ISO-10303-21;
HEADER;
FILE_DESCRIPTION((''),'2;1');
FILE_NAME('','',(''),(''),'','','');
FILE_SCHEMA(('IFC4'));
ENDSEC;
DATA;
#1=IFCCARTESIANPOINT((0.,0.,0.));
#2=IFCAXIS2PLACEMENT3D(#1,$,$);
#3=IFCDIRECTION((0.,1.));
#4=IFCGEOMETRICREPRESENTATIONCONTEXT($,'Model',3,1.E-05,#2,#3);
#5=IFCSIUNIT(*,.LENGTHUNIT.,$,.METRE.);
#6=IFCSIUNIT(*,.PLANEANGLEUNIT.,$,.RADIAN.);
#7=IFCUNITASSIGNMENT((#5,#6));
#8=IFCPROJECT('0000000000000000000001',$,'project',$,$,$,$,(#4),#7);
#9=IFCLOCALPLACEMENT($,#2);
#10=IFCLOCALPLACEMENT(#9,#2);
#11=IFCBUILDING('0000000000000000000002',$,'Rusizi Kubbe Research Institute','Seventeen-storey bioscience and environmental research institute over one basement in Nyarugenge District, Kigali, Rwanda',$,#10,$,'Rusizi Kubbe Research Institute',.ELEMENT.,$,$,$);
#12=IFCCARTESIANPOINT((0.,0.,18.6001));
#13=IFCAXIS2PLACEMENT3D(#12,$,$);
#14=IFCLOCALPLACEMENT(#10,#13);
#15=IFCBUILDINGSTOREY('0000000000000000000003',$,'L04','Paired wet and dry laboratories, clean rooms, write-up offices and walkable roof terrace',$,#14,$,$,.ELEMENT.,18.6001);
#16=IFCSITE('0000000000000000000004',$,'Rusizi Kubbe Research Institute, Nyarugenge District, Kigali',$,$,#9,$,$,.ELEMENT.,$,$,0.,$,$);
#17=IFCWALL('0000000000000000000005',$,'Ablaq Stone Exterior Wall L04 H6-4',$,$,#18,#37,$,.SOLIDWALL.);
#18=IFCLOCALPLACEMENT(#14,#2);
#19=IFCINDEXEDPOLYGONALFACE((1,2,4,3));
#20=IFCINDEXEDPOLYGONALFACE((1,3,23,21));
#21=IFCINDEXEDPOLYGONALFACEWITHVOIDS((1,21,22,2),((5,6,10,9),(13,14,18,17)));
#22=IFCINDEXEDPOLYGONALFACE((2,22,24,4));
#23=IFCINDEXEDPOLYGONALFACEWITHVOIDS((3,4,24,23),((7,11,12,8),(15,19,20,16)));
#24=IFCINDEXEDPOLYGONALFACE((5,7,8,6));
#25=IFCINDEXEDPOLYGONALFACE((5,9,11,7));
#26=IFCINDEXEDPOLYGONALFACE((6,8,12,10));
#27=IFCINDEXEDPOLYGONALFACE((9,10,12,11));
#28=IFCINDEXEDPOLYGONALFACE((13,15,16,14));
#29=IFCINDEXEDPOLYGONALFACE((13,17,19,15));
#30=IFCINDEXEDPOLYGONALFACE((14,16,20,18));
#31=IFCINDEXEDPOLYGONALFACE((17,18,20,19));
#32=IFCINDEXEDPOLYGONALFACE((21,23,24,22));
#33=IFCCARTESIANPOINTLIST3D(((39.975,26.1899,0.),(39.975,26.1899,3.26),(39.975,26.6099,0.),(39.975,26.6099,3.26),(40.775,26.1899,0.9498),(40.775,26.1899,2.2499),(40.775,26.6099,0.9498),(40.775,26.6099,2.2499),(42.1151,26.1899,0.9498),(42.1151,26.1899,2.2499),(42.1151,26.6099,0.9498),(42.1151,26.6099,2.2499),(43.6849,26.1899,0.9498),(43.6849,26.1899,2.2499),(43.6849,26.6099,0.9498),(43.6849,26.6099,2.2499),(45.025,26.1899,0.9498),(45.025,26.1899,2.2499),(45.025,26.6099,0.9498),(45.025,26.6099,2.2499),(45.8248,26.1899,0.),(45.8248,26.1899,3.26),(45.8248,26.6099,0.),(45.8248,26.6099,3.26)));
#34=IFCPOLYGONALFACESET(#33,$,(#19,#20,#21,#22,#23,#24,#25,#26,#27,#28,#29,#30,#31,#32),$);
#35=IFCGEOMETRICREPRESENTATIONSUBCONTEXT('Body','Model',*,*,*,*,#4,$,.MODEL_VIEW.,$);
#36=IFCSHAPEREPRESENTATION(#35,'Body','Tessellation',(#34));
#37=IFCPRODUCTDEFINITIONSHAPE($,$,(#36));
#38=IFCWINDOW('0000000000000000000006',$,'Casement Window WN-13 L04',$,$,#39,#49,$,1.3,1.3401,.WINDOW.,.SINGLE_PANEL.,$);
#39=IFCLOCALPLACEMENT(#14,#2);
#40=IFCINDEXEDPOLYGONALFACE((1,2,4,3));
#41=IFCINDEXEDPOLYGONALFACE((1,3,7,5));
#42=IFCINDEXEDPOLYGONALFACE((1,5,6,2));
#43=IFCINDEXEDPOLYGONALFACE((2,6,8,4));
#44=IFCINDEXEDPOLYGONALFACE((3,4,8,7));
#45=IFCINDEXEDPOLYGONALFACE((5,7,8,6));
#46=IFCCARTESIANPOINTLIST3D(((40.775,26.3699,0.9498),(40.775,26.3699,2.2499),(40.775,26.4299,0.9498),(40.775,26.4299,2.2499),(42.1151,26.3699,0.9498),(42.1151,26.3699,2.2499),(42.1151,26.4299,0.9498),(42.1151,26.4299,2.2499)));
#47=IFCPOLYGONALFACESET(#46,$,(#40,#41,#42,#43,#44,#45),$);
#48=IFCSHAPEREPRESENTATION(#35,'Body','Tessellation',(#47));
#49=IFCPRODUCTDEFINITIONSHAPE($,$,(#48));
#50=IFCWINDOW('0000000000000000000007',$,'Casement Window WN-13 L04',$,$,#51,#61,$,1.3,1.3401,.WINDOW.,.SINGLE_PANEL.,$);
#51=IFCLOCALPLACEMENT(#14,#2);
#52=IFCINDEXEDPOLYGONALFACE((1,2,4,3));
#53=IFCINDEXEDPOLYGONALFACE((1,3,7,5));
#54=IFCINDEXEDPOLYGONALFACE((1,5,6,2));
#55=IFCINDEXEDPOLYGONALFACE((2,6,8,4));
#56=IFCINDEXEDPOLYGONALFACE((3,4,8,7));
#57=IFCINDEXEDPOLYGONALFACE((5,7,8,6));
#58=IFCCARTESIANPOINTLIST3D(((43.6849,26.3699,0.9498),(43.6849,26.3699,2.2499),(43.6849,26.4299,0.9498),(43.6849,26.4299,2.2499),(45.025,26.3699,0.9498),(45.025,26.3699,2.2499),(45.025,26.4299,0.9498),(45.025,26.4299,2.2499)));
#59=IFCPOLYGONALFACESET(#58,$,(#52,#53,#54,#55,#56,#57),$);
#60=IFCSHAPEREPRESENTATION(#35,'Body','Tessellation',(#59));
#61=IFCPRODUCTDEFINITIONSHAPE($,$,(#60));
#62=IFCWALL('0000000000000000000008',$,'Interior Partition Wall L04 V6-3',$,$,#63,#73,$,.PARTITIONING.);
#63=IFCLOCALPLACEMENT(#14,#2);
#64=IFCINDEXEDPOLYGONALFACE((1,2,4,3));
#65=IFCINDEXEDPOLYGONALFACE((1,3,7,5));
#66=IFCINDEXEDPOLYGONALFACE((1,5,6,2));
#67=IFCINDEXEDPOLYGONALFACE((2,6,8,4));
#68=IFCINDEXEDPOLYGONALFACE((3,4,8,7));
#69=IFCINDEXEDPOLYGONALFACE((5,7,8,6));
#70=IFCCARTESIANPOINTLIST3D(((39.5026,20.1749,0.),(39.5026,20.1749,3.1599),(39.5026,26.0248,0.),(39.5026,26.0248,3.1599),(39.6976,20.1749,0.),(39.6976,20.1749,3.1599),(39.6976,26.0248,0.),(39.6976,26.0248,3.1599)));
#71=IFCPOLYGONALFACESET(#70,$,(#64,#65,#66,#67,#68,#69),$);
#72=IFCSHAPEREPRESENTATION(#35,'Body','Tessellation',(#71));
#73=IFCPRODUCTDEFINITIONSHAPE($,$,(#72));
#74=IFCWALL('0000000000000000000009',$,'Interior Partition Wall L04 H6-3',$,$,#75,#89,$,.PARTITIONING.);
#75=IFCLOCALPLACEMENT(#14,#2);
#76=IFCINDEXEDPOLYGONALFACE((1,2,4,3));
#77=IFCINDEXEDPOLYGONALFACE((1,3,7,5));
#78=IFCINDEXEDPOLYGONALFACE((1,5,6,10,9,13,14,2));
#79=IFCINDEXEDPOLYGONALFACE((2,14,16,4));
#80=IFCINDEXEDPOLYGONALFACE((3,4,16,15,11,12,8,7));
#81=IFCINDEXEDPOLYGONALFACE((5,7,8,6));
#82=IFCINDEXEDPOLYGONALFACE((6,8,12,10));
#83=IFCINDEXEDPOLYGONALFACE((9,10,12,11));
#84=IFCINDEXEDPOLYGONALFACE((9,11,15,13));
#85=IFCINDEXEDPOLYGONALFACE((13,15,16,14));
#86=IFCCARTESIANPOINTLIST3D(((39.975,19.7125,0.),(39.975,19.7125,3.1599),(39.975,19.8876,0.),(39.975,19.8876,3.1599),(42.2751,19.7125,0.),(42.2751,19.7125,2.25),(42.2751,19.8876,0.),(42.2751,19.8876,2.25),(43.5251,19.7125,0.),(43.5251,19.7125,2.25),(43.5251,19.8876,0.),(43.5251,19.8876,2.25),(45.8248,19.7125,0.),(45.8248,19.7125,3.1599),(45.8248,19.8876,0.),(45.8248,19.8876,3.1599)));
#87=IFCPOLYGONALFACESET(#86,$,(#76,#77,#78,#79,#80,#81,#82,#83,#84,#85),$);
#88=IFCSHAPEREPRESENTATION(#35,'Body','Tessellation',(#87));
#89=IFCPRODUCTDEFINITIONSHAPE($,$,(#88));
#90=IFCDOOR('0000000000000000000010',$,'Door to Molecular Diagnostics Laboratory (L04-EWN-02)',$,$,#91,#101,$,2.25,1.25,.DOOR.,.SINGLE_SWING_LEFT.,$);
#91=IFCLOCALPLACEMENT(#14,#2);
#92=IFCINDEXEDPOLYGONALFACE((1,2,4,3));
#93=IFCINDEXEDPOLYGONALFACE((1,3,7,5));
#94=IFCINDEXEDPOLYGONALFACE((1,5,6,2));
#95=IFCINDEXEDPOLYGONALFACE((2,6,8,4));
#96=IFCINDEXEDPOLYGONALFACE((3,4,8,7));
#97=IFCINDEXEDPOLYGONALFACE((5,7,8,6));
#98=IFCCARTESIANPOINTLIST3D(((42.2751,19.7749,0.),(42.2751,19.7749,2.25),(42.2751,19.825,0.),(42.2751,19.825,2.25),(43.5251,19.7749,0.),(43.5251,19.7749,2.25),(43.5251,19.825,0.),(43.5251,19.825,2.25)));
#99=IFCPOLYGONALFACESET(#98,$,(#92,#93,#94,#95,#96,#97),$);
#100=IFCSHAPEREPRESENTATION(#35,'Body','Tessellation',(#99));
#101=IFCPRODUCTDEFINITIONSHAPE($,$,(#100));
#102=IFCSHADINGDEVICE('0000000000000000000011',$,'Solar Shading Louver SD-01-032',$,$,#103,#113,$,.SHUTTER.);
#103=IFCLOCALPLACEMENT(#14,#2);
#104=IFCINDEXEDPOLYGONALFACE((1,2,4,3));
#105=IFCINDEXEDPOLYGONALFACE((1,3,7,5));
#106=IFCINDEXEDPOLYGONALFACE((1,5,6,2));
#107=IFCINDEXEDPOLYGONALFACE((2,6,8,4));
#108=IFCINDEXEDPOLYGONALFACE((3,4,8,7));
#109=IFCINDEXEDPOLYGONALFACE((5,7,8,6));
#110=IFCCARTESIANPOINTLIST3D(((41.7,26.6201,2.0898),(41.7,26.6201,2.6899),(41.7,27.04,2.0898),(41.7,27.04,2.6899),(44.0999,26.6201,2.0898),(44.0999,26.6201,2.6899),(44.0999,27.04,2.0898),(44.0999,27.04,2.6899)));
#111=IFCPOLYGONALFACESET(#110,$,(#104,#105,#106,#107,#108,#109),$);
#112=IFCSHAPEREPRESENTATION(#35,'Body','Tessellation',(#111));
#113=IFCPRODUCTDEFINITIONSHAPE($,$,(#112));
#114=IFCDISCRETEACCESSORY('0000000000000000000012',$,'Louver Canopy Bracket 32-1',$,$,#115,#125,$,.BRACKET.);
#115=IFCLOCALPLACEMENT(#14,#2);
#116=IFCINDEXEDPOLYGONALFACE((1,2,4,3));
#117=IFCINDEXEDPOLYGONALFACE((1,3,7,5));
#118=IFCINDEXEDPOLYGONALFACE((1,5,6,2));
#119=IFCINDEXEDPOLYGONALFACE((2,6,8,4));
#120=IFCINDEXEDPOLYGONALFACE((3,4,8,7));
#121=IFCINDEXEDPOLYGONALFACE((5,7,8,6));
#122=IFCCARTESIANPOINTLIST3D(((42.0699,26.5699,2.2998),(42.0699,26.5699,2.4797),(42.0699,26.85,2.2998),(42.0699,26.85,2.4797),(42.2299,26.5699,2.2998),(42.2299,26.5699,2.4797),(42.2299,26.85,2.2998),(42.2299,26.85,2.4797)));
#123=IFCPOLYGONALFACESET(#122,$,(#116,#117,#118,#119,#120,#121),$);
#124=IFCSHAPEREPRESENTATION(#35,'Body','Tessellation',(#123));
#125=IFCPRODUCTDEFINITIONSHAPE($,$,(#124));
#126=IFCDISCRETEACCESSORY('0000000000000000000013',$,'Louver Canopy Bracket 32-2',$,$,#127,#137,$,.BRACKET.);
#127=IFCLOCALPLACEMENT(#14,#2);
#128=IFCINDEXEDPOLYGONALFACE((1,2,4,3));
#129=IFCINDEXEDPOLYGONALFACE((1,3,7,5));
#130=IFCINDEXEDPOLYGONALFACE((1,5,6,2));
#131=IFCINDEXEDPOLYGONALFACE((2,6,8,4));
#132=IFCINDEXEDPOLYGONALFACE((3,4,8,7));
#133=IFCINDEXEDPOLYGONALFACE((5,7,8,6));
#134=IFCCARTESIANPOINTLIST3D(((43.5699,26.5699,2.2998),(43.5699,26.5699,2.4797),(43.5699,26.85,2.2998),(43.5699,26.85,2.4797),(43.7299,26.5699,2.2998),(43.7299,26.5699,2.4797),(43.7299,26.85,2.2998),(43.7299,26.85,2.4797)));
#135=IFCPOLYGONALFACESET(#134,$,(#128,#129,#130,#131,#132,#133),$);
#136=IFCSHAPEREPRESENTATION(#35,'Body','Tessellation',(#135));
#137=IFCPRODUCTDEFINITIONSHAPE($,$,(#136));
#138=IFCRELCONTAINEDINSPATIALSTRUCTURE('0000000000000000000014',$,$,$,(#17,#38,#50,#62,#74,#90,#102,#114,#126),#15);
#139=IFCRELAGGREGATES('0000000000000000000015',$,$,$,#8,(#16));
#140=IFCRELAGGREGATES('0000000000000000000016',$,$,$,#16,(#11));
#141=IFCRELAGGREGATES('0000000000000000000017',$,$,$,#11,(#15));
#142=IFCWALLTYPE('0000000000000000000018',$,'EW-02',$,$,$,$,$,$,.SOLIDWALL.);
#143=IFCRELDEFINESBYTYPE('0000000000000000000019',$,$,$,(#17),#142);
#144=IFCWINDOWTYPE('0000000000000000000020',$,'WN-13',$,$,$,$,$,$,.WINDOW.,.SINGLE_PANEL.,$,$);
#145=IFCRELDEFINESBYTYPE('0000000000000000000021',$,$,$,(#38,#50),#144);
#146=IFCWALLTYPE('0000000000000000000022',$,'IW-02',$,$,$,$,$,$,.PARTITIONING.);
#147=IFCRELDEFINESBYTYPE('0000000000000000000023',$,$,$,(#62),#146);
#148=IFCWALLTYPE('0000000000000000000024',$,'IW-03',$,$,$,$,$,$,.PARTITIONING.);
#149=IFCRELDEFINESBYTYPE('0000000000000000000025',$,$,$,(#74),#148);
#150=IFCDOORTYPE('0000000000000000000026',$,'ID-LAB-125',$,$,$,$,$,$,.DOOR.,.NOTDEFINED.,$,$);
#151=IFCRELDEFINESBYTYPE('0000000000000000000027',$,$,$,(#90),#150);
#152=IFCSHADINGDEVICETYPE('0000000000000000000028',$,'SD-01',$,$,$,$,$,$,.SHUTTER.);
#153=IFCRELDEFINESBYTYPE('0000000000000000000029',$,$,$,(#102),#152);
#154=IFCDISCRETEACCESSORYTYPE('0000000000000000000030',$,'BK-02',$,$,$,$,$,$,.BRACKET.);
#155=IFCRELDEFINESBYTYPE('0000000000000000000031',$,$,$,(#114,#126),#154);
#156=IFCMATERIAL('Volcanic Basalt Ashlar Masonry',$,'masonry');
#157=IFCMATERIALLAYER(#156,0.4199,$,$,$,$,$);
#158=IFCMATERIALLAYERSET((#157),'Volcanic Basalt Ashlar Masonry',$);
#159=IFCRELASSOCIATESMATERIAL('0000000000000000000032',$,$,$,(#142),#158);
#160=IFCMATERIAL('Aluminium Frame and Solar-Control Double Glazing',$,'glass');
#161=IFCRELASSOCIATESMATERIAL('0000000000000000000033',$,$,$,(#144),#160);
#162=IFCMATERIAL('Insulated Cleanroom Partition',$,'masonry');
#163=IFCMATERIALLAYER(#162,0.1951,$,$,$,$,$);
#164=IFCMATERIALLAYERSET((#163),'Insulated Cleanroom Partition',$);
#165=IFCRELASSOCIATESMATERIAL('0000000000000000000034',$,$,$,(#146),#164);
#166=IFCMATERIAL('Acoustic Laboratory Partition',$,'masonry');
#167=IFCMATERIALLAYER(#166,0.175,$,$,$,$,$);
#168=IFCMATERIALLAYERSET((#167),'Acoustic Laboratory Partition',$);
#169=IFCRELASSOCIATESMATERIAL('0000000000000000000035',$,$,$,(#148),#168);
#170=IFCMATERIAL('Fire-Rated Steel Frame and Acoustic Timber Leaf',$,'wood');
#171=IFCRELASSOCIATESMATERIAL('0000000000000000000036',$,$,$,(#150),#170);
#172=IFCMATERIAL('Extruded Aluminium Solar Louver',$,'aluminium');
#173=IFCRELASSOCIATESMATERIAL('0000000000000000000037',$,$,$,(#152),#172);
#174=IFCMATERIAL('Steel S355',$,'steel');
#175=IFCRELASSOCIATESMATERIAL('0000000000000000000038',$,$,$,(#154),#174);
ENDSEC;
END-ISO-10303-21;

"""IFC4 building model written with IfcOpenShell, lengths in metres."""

from ifc_helpers import new_model, si_unit, direction, frame, frame_2d, origin, origin_2d, place, context, subcontext, project, spatial, rectangle, extrude, material, layer, layer_set, type_object, element, fill, save


model = new_model("IFC4")

# Units and contexts
model_context = context("Model", 3, precision=1e-05, world=origin(), true_north=direction((0.0, 1.0)))
body_context = subcontext(model_context, "Body", "Model", "MODEL_VIEW")
ifc_project = project(units=[si_unit("LENGTHUNIT", "METRE"), si_unit("PLANEANGLEUNIT", "RADIAN")], contexts=[model_context])

# Site, building, storey
site_placement = place(None, origin())
site = spatial("IfcSite", under=ifc_project, at=site_placement, Name="Rusizi Kubbe Research Institute, Nyarugenge District, Kigali", CompositionType="ELEMENT", RefElevation=0.0)
building_placement = place(site_placement, origin())
building = spatial("IfcBuilding", under=site, at=building_placement, Name="Rusizi Kubbe Research Institute", Description="Seventeen-storey bioscience and environmental research institute over one basement in Nyarugenge District, Kigali, Rwanda", LongName="Rusizi Kubbe Research Institute", CompositionType="ELEMENT")
storey_placement = place(building_placement, frame((0.0, 0.0, 18.6001)))
storey = spatial("IfcBuildingStorey", under=building, at=storey_placement, Name="L04", Description="Paired wet and dry laboratories, clean rooms, write-up offices and walkable roof terrace", CompositionType="ELEMENT", Elevation=18.6001)

# Wall, openings, windows
ifc_material_1 = material(Name="Volcanic Basalt Ashlar Masonry", Category="masonry")
ifc_layer_1 = layer(ifc_material_1, 0.4199)
ifc_layer_set_1 = layer_set([ifc_layer_1], Name="Volcanic Basalt Ashlar Masonry")
wall_type_1 = type_object("IfcWallType", Name="EW-02", PredefinedType="SOLIDWALL", material=ifc_layer_set_1)
wall_1_placement = place(storey_placement, frame((39.9751, 26.3999, 0.0), z_axis=(0.0, 0.0, 1.0), x_axis=(1.0, 0.0, 0.0)))
wall_1 = element("IfcWall", 1, at=wall_1_placement, inside=storey, type_object=wall_type_1, Name="Ablaq Stone Exterior Wall L04 H6-4", PredefinedType="SOLIDWALL", context=body_context, shape_type="SweptSolid", body=[
    extrude(rectangle(XDim=5.8499, YDim=0.4199, at=frame_2d((2.9248, 0.0))), origin(), (0.0, 0.0, 1.0), 3.26),
])
opening_1_placement = place(wall_1_placement, frame((0.8, 0.0, 0.95)))
opening_1 = element("IfcOpeningElement", 2, at=opening_1_placement, cuts=wall_1, PredefinedType="OPENING", context=body_context, shape_type="SweptSolid", body=[
    extrude(rectangle(XDim=1.3401, YDim=1.3, at=frame_2d((0.6699, 0.6499))), frame((0.0, 0.22, 0.0), z_axis=(0.0, -1.0, 0.0), x_axis=(1.0, 0.0, 0.0)), (0.0, 0.0, 1.0), 0.4399),
])
opening_2_placement = place(wall_1_placement, frame((3.71, 0.0, 0.95)))
opening_2 = element("IfcOpeningElement", 3, at=opening_2_placement, cuts=wall_1, PredefinedType="OPENING", context=body_context, shape_type="SweptSolid", body=[
    extrude(rectangle(XDim=1.3401, YDim=1.3, at=frame_2d((0.6699, 0.6499))), frame((0.0, 0.22, 0.0), z_axis=(0.0, -1.0, 0.0), x_axis=(1.0, 0.0, 0.0)), (0.0, 0.0, 1.0), 0.4399),
])
ifc_material_2 = material(Name="Aluminium Frame and Solar-Control Double Glazing", Category="glass")
window_type = type_object("IfcWindowType", Name="WN-13", PartitioningType="SINGLE_PANEL", PredefinedType="WINDOW", material=ifc_material_2)
window_1_placement = place(opening_1_placement, origin())
window_1 = element("IfcWindow", 4, at=window_1_placement, inside=storey, type_object=window_type, Name="Casement Window WN-13 L04", OverallHeight=1.3, OverallWidth=1.3401, PartitioningType="SINGLE_PANEL", PredefinedType="WINDOW", context=body_context, shape_type="SweptSolid", body=[
    extrude(rectangle(XDim=1.3401, YDim=1.3, at=frame_2d((0.6699, 0.6499))), frame((0.0, 0.03, 0.0), z_axis=(0.0, -1.0, 0.0), x_axis=(1.0, 0.0, 0.0)), (0.0, 0.0, 1.0), 0.0601),
])
fill(opening_1, window_1)
window_2_placement = place(opening_2_placement, origin())
window_2 = element("IfcWindow", 5, at=window_2_placement, inside=storey, type_object=window_type, Name="Casement Window WN-13 L04", OverallHeight=1.3, OverallWidth=1.3401, PartitioningType="SINGLE_PANEL", PredefinedType="WINDOW", context=body_context, shape_type="SweptSolid", body=[
    extrude(rectangle(XDim=1.3401, YDim=1.3, at=frame_2d((0.6699, 0.6499))), frame((0.0, 0.03, 0.0), z_axis=(0.0, -1.0, 0.0), x_axis=(1.0, 0.0, 0.0)), (0.0, 0.0, 1.0), 0.0601),
])
fill(opening_2, window_2)

# Wall
ifc_material_3 = material(Name="Insulated Cleanroom Partition", Category="masonry")
ifc_layer_2 = layer(ifc_material_3, 0.1951)
ifc_layer_set_2 = layer_set([ifc_layer_2], Name="Insulated Cleanroom Partition")
wall_type_2 = type_object("IfcWallType", Name="IW-02", PredefinedType="PARTITIONING", material=ifc_layer_set_2)
wall_2_placement = place(storey_placement, frame((39.6001, 20.175, 0.0), z_axis=(0.0, 0.0, 1.0), x_axis=(0.0, 1.0, 0.0)))
element("IfcWall", 6, at=wall_2_placement, inside=storey, type_object=wall_type_2, Name="Interior Partition Wall L04 V6-3", PredefinedType="PARTITIONING", context=body_context, shape_type="SweptSolid", body=[
    extrude(rectangle(XDim=5.8499, YDim=0.1951, at=frame_2d((2.9248, 0.0))), origin(), (0.0, 0.0, 1.0), 3.1599),
])

# Wall, opening, door
ifc_material_4 = material(Name="Acoustic Laboratory Partition", Category="masonry")
ifc_layer_3 = layer(ifc_material_4, 0.175)
ifc_layer_set_3 = layer_set([ifc_layer_3], Name="Acoustic Laboratory Partition")
wall_type_3 = type_object("IfcWallType", Name="IW-03", PredefinedType="PARTITIONING", material=ifc_layer_set_3)
wall_3_placement = place(storey_placement, frame((39.9751, 19.8, 0.0), z_axis=(0.0, 0.0, 1.0), x_axis=(1.0, 0.0, 0.0)))
wall_3 = element("IfcWall", 7, at=wall_3_placement, inside=storey, type_object=wall_type_3, Name="Interior Partition Wall L04 H6-3", PredefinedType="PARTITIONING", context=body_context, shape_type="SweptSolid", body=[
    extrude(rectangle(XDim=5.8499, YDim=0.175, at=frame_2d((2.9248, 0.0))), origin(), (0.0, 0.0, 1.0), 3.1599),
])
opening_3_placement = place(wall_3_placement, frame((2.3, 0.0, 0.0)))
opening_3 = element("IfcOpeningElement", 8, at=opening_3_placement, cuts=wall_3, PredefinedType="OPENING", context=body_context, shape_type="SweptSolid", body=[
    extrude(rectangle(XDim=1.25, YDim=2.25, at=frame_2d((0.625, 1.125))), frame((0.0, 0.0974, 0.0), z_axis=(0.0, -1.0, 0.0), x_axis=(1.0, 0.0, 0.0)), (0.0, 0.0, 1.0), 0.1951),
])
ifc_material_5 = material(Name="Fire-Rated Steel Frame and Acoustic Timber Leaf", Category="wood")
door_type = type_object("IfcDoorType", Name="ID-LAB-125", OperationType="NOTDEFINED", PredefinedType="DOOR", material=ifc_material_5)
door_placement = place(opening_3_placement, origin())
door = element("IfcDoor", 9, at=door_placement, inside=storey, type_object=door_type, Name="Door to Molecular Diagnostics Laboratory (L04-EWN-02)", OperationType="SINGLE_SWING_LEFT", OverallHeight=2.25, OverallWidth=1.25, PredefinedType="DOOR", context=body_context, shape_type="SweptSolid", body=[
    extrude(rectangle(XDim=1.25, YDim=2.25, at=frame_2d((0.625, 1.125))), frame((0.0, 0.0249, 0.0), z_axis=(0.0, -1.0, 0.0), x_axis=(1.0, 0.0, 0.0)), (0.0, 0.0, 1.0), 0.05),
])
fill(opening_3, door)

# Shading device
ifc_material_6 = material(Name="Extruded Aluminium Solar Louver", Category="aluminium")
shading_device_type = type_object("IfcShadingDeviceType", Name="SD-01", PredefinedType="SHUTTER", material=ifc_material_6)
shading_device_placement = place(storey_placement, frame((42.8999, 26.8301, 2.0898), z_axis=(0.0, 0.0, 1.0), x_axis=(1.0, 0.0, 0.0)))
element("IfcShadingDevice", 10, at=shading_device_placement, inside=storey, type_object=shading_device_type, Name="Solar Shading Louver SD-01-032", PredefinedType="SHUTTER", context=body_context, shape_type="SweptSolid", body=[
    extrude(rectangle(XDim=2.3999, YDim=0.4199, at=origin_2d()), origin(), (0.0, 0.0, 1.0), 0.6001),
])

# Discrete accessories
ifc_material_7 = material(Name="Steel S355", Category="steel")
discrete_accessory_type = type_object("IfcDiscreteAccessoryType", Name="BK-02", PredefinedType="BRACKET", material=ifc_material_7)
for number, where, z_axis, x_axis, name in (
    (11, (42.1499, 26.71, 2.2998), (0.0, 0.0, 1.0), (1.0, 0.0, 0.0), "Louver Canopy Bracket 32-1"),
    (12, (43.6499, 26.71, 2.2998), (0.0, 0.0, 1.0), (1.0, 0.0, 0.0), "Louver Canopy Bracket 32-2"),
):
    element("IfcDiscreteAccessory", number, at=place(storey_placement, frame(where, z_axis=z_axis, x_axis=x_axis)), inside=storey, type_object=discrete_accessory_type, Name=name, PredefinedType="BRACKET", context=body_context, shape_type="SweptSolid", body=[
        extrude(rectangle(XDim=0.1599, YDim=0.28, at=origin_2d()), origin(), (0.0, 0.0, 1.0), 0.1799),
    ])

save(model, "model.ifc")
